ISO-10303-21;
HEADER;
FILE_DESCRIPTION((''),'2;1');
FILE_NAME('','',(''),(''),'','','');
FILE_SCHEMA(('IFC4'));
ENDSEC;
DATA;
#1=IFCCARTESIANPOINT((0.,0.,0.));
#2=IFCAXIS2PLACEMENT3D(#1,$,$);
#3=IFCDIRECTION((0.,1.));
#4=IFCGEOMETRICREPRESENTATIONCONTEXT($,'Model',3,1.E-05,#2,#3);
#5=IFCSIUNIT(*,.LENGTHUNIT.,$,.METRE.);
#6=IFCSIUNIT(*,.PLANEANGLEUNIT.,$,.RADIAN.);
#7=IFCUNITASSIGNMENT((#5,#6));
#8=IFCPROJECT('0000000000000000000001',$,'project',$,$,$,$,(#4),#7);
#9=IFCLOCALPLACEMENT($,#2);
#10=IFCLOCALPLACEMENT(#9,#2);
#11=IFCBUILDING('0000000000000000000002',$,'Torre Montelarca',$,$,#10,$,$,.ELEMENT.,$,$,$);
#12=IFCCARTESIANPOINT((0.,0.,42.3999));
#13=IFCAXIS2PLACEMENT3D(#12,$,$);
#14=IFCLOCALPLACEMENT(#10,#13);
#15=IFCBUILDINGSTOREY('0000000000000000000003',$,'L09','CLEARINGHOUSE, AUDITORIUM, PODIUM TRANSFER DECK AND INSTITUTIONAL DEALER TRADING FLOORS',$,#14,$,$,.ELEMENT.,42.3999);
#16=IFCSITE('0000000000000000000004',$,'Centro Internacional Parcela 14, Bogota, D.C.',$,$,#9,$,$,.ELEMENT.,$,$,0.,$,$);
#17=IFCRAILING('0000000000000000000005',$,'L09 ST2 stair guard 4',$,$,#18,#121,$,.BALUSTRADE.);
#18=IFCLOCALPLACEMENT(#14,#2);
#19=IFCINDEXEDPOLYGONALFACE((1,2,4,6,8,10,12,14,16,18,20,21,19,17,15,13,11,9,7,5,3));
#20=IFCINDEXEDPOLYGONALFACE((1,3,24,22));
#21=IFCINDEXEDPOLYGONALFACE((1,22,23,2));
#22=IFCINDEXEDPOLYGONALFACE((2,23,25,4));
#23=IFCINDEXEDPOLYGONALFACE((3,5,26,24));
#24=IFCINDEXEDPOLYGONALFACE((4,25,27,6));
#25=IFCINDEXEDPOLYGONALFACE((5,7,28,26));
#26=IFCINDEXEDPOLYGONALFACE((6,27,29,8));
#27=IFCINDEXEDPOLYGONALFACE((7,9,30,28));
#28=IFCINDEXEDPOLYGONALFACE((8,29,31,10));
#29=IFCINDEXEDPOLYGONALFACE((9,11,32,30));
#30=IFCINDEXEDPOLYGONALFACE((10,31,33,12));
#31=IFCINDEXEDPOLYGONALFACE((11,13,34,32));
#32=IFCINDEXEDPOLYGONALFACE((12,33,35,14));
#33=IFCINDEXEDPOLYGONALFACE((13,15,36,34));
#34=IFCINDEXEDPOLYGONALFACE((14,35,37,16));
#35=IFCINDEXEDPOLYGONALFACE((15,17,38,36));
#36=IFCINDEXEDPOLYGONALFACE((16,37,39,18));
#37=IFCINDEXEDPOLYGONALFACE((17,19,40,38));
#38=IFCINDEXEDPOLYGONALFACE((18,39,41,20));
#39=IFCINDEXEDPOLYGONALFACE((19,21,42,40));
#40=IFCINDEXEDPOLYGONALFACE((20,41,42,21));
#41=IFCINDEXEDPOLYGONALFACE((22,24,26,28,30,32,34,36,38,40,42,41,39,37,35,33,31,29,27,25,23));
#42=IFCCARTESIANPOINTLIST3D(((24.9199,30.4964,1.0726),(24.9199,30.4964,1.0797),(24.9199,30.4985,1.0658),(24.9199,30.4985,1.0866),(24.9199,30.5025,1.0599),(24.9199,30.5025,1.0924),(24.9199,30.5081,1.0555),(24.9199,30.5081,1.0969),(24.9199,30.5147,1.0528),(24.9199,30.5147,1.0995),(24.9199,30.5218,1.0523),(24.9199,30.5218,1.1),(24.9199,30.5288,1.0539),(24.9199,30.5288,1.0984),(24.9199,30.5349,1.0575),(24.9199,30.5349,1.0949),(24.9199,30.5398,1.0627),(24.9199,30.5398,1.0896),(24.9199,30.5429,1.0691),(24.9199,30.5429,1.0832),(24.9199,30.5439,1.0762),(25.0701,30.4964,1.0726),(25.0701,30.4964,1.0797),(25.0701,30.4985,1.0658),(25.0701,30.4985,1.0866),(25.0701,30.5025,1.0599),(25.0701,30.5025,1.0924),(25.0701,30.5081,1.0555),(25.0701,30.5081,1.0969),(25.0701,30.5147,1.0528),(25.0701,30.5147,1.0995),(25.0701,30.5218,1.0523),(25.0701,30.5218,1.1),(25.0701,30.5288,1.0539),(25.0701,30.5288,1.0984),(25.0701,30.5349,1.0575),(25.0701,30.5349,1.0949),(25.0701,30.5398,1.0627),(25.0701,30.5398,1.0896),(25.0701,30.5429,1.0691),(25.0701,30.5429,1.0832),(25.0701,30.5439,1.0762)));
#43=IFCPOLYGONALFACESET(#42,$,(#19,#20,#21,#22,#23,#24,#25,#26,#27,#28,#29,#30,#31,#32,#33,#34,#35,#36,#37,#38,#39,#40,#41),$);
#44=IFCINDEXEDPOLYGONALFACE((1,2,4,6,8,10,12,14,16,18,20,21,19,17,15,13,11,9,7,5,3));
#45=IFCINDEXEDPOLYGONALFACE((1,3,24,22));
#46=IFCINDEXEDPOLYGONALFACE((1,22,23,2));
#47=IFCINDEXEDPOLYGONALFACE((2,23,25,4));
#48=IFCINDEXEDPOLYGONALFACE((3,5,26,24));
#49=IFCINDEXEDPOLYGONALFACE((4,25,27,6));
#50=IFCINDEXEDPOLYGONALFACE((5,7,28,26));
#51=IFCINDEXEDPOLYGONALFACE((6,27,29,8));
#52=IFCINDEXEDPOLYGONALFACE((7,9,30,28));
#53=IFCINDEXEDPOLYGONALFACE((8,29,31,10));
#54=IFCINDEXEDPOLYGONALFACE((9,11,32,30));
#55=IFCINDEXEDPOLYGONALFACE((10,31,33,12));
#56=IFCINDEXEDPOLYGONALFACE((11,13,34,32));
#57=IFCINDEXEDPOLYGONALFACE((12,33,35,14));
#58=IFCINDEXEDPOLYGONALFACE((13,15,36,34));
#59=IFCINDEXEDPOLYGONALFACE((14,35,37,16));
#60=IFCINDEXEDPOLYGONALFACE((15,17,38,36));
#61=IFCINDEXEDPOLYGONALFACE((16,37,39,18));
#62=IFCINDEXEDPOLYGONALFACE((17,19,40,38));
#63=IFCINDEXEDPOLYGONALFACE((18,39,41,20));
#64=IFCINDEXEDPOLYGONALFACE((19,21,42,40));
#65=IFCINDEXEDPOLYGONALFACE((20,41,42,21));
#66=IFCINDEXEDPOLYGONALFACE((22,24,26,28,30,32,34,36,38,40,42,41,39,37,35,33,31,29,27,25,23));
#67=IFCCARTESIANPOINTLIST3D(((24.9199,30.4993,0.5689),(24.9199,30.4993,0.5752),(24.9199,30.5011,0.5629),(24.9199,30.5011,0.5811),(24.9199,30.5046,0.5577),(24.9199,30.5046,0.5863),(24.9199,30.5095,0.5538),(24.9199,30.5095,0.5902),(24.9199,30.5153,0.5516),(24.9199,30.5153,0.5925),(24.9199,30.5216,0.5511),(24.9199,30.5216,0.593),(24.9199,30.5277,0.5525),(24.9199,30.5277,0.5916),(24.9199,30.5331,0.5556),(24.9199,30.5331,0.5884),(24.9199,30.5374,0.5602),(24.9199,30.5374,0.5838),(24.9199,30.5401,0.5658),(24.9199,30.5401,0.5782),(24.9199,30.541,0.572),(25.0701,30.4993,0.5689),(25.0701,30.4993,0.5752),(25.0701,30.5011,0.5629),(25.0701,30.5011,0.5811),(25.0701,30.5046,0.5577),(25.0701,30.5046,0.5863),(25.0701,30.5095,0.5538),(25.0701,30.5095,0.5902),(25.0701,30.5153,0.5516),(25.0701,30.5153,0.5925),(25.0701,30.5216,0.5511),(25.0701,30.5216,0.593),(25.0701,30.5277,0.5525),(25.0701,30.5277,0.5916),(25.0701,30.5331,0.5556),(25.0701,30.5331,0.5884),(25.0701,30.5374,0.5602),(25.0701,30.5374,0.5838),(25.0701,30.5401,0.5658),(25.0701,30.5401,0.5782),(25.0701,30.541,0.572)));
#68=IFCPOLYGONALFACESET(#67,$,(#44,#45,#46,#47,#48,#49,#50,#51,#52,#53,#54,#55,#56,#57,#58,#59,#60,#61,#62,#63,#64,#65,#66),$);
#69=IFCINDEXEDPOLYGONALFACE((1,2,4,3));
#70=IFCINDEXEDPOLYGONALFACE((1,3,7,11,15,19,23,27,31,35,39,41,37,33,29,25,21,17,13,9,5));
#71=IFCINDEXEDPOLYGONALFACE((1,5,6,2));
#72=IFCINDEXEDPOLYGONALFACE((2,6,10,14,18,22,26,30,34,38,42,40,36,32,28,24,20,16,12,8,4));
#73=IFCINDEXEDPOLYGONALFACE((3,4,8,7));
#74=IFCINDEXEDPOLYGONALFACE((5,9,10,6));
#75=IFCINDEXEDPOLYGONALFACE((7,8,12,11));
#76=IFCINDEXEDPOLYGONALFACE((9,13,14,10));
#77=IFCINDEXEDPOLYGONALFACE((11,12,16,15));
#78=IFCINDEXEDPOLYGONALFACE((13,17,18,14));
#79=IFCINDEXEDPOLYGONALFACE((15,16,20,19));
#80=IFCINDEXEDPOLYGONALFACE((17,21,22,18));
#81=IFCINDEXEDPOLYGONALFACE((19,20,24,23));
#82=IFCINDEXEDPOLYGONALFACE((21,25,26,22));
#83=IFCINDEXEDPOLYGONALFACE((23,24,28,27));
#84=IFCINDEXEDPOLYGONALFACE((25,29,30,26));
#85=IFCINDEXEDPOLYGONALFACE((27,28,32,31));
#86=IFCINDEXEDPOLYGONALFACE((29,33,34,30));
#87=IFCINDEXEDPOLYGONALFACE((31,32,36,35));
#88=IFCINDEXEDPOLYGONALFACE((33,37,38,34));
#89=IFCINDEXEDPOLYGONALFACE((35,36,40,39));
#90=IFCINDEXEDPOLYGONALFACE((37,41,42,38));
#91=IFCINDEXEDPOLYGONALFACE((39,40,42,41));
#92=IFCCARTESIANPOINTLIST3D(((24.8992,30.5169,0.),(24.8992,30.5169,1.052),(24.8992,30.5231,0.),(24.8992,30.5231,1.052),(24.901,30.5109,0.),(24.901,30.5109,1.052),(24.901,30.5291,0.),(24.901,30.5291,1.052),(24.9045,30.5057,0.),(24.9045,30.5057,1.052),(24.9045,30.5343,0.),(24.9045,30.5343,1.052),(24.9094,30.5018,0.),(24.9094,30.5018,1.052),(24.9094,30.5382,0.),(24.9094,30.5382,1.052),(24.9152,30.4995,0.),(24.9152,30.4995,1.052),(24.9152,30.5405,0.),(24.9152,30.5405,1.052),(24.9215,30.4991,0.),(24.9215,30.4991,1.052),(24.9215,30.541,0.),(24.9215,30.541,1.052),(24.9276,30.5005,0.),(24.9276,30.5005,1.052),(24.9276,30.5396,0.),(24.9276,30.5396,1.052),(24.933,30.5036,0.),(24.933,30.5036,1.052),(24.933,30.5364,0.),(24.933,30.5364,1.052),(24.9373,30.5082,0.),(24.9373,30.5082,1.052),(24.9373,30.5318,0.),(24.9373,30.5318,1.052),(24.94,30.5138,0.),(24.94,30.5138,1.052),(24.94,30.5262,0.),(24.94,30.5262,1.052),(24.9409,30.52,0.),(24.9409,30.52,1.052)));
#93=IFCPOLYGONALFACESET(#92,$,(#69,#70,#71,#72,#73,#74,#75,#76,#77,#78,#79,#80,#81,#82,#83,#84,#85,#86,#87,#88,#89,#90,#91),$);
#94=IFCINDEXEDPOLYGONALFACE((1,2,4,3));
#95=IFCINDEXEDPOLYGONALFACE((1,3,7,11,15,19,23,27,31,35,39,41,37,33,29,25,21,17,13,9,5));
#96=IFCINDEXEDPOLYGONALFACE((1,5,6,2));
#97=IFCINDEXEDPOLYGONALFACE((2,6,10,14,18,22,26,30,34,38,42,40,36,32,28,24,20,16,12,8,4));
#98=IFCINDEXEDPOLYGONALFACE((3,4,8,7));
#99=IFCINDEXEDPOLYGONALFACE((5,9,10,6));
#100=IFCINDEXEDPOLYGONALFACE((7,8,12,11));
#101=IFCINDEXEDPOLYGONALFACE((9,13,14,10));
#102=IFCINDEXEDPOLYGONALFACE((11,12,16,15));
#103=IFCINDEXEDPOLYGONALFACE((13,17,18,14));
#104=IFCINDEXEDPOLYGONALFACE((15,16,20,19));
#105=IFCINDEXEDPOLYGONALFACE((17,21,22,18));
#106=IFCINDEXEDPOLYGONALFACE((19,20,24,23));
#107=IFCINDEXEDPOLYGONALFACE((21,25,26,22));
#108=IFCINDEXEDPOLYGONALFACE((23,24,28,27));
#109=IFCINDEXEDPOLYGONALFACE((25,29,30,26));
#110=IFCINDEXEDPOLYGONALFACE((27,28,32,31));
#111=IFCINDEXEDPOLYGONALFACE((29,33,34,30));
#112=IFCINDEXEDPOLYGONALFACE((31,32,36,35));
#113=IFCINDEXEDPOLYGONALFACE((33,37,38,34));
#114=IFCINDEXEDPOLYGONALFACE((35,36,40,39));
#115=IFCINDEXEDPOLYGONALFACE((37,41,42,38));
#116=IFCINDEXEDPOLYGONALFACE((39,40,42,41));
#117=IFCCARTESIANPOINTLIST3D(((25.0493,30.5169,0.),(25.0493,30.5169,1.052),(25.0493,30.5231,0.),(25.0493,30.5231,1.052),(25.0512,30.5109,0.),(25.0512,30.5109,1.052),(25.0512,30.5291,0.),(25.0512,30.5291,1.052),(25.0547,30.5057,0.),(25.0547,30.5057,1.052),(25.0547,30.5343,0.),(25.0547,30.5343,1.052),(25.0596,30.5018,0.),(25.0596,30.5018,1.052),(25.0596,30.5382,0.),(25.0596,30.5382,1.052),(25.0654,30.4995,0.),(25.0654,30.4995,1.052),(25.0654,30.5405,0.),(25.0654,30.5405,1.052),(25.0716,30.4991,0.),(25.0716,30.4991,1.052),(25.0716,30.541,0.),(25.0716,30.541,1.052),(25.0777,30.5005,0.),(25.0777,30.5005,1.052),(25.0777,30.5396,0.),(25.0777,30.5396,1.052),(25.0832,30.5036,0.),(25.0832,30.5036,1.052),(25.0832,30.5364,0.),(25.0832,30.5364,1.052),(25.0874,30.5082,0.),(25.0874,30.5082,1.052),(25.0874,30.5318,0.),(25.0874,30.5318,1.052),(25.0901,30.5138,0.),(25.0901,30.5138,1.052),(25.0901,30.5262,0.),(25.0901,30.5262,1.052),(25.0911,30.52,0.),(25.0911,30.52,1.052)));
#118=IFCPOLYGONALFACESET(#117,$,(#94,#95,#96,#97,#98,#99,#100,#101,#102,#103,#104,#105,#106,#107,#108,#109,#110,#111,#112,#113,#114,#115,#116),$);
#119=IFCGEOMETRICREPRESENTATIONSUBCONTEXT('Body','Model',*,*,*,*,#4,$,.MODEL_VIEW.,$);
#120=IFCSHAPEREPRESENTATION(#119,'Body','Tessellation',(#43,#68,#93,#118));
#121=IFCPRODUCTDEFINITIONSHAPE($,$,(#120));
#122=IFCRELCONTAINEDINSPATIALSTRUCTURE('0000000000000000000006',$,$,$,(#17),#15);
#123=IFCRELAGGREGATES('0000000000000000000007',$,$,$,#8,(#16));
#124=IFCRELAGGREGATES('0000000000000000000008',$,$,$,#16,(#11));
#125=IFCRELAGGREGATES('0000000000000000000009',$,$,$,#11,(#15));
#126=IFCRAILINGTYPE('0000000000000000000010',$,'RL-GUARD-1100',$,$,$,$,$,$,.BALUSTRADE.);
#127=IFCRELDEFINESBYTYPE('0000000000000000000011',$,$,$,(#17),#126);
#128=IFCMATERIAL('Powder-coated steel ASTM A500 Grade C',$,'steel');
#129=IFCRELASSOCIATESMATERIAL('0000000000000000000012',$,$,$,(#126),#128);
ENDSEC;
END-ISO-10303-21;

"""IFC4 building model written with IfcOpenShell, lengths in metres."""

from ifc_helpers import new_model, si_unit, direction, frame, origin, origin_2d, place, context, subcontext, project, spatial, circle, extrude, material, type_object, element, save


model = new_model("IFC4")

# Units and contexts
model_context = context("Model", 3, precision=1e-05, world=origin(), true_north=direction((0.0, 1.0)))
body_context = subcontext(model_context, "Body", "Model", "MODEL_VIEW")
ifc_project = project(units=[si_unit("LENGTHUNIT", "METRE"), si_unit("PLANEANGLEUNIT", "RADIAN")], contexts=[model_context])

# Site, building, storey
site_placement = place(None, origin())
site = spatial("IfcSite", under=ifc_project, at=site_placement, Name="Centro Internacional Parcela 14, Bogota, D.C.", CompositionType="ELEMENT", RefElevation=0.0)
building_placement = place(site_placement, origin())
building = spatial("IfcBuilding", under=site, at=building_placement, Name="Torre Montelarca", CompositionType="ELEMENT")
storey_placement = place(building_placement, frame((0.0, 0.0, 42.3999)))
storey = spatial("IfcBuildingStorey", under=building, at=storey_placement, Name="L09", Description="CLEARINGHOUSE, AUDITORIUM, PODIUM TRANSFER DECK AND INSTITUTIONAL DEALER TRADING FLOORS", CompositionType="ELEMENT", Elevation=42.3999)

# Railing
ifc_material_1 = material(Name="Powder-coated steel ASTM A500 Grade C", Category="steel")
railing_type_1 = type_object("IfcRailingType", Name="RL-GUARD-1100", PredefinedType="BALUSTRADE", material=ifc_material_1)
railing_1_placement = place(storey_placement, frame((24.9199, 30.52, 0.0)))
element("IfcRailing", 1, at=railing_1_placement, inside=storey, type_object=railing_type_1, Name="L09 ST2 stair guard 4", PredefinedType="BALUSTRADE", context=body_context, shape_type="SweptSolid", body=[
    extrude(circle(Radius=0.0239, at=origin_2d()), frame((0.0, 0.0, 1.0762), z_axis=(1.0, 0.0, 0.0), x_axis=(0.0, 1.0, 0.0)), (0.0, 0.0, 1.0), 0.1501),
    extrude(circle(Radius=0.021, at=origin_2d()), frame((0.0, 0.0, 0.572), z_axis=(1.0, 0.0, 0.0), x_axis=(0.0, 1.0, 0.0)), (0.0, 0.0, 1.0), 0.1501),
    extrude(circle(Radius=0.021, at=origin_2d()), origin(), (0.0, 0.0, 1.0), 1.052),
    extrude(circle(Radius=0.021, at=origin_2d()), frame((0.1501, 0.0, 0.0)), (0.0, 0.0, 1.0), 1.052),
])

save(model, "model.ifc")
